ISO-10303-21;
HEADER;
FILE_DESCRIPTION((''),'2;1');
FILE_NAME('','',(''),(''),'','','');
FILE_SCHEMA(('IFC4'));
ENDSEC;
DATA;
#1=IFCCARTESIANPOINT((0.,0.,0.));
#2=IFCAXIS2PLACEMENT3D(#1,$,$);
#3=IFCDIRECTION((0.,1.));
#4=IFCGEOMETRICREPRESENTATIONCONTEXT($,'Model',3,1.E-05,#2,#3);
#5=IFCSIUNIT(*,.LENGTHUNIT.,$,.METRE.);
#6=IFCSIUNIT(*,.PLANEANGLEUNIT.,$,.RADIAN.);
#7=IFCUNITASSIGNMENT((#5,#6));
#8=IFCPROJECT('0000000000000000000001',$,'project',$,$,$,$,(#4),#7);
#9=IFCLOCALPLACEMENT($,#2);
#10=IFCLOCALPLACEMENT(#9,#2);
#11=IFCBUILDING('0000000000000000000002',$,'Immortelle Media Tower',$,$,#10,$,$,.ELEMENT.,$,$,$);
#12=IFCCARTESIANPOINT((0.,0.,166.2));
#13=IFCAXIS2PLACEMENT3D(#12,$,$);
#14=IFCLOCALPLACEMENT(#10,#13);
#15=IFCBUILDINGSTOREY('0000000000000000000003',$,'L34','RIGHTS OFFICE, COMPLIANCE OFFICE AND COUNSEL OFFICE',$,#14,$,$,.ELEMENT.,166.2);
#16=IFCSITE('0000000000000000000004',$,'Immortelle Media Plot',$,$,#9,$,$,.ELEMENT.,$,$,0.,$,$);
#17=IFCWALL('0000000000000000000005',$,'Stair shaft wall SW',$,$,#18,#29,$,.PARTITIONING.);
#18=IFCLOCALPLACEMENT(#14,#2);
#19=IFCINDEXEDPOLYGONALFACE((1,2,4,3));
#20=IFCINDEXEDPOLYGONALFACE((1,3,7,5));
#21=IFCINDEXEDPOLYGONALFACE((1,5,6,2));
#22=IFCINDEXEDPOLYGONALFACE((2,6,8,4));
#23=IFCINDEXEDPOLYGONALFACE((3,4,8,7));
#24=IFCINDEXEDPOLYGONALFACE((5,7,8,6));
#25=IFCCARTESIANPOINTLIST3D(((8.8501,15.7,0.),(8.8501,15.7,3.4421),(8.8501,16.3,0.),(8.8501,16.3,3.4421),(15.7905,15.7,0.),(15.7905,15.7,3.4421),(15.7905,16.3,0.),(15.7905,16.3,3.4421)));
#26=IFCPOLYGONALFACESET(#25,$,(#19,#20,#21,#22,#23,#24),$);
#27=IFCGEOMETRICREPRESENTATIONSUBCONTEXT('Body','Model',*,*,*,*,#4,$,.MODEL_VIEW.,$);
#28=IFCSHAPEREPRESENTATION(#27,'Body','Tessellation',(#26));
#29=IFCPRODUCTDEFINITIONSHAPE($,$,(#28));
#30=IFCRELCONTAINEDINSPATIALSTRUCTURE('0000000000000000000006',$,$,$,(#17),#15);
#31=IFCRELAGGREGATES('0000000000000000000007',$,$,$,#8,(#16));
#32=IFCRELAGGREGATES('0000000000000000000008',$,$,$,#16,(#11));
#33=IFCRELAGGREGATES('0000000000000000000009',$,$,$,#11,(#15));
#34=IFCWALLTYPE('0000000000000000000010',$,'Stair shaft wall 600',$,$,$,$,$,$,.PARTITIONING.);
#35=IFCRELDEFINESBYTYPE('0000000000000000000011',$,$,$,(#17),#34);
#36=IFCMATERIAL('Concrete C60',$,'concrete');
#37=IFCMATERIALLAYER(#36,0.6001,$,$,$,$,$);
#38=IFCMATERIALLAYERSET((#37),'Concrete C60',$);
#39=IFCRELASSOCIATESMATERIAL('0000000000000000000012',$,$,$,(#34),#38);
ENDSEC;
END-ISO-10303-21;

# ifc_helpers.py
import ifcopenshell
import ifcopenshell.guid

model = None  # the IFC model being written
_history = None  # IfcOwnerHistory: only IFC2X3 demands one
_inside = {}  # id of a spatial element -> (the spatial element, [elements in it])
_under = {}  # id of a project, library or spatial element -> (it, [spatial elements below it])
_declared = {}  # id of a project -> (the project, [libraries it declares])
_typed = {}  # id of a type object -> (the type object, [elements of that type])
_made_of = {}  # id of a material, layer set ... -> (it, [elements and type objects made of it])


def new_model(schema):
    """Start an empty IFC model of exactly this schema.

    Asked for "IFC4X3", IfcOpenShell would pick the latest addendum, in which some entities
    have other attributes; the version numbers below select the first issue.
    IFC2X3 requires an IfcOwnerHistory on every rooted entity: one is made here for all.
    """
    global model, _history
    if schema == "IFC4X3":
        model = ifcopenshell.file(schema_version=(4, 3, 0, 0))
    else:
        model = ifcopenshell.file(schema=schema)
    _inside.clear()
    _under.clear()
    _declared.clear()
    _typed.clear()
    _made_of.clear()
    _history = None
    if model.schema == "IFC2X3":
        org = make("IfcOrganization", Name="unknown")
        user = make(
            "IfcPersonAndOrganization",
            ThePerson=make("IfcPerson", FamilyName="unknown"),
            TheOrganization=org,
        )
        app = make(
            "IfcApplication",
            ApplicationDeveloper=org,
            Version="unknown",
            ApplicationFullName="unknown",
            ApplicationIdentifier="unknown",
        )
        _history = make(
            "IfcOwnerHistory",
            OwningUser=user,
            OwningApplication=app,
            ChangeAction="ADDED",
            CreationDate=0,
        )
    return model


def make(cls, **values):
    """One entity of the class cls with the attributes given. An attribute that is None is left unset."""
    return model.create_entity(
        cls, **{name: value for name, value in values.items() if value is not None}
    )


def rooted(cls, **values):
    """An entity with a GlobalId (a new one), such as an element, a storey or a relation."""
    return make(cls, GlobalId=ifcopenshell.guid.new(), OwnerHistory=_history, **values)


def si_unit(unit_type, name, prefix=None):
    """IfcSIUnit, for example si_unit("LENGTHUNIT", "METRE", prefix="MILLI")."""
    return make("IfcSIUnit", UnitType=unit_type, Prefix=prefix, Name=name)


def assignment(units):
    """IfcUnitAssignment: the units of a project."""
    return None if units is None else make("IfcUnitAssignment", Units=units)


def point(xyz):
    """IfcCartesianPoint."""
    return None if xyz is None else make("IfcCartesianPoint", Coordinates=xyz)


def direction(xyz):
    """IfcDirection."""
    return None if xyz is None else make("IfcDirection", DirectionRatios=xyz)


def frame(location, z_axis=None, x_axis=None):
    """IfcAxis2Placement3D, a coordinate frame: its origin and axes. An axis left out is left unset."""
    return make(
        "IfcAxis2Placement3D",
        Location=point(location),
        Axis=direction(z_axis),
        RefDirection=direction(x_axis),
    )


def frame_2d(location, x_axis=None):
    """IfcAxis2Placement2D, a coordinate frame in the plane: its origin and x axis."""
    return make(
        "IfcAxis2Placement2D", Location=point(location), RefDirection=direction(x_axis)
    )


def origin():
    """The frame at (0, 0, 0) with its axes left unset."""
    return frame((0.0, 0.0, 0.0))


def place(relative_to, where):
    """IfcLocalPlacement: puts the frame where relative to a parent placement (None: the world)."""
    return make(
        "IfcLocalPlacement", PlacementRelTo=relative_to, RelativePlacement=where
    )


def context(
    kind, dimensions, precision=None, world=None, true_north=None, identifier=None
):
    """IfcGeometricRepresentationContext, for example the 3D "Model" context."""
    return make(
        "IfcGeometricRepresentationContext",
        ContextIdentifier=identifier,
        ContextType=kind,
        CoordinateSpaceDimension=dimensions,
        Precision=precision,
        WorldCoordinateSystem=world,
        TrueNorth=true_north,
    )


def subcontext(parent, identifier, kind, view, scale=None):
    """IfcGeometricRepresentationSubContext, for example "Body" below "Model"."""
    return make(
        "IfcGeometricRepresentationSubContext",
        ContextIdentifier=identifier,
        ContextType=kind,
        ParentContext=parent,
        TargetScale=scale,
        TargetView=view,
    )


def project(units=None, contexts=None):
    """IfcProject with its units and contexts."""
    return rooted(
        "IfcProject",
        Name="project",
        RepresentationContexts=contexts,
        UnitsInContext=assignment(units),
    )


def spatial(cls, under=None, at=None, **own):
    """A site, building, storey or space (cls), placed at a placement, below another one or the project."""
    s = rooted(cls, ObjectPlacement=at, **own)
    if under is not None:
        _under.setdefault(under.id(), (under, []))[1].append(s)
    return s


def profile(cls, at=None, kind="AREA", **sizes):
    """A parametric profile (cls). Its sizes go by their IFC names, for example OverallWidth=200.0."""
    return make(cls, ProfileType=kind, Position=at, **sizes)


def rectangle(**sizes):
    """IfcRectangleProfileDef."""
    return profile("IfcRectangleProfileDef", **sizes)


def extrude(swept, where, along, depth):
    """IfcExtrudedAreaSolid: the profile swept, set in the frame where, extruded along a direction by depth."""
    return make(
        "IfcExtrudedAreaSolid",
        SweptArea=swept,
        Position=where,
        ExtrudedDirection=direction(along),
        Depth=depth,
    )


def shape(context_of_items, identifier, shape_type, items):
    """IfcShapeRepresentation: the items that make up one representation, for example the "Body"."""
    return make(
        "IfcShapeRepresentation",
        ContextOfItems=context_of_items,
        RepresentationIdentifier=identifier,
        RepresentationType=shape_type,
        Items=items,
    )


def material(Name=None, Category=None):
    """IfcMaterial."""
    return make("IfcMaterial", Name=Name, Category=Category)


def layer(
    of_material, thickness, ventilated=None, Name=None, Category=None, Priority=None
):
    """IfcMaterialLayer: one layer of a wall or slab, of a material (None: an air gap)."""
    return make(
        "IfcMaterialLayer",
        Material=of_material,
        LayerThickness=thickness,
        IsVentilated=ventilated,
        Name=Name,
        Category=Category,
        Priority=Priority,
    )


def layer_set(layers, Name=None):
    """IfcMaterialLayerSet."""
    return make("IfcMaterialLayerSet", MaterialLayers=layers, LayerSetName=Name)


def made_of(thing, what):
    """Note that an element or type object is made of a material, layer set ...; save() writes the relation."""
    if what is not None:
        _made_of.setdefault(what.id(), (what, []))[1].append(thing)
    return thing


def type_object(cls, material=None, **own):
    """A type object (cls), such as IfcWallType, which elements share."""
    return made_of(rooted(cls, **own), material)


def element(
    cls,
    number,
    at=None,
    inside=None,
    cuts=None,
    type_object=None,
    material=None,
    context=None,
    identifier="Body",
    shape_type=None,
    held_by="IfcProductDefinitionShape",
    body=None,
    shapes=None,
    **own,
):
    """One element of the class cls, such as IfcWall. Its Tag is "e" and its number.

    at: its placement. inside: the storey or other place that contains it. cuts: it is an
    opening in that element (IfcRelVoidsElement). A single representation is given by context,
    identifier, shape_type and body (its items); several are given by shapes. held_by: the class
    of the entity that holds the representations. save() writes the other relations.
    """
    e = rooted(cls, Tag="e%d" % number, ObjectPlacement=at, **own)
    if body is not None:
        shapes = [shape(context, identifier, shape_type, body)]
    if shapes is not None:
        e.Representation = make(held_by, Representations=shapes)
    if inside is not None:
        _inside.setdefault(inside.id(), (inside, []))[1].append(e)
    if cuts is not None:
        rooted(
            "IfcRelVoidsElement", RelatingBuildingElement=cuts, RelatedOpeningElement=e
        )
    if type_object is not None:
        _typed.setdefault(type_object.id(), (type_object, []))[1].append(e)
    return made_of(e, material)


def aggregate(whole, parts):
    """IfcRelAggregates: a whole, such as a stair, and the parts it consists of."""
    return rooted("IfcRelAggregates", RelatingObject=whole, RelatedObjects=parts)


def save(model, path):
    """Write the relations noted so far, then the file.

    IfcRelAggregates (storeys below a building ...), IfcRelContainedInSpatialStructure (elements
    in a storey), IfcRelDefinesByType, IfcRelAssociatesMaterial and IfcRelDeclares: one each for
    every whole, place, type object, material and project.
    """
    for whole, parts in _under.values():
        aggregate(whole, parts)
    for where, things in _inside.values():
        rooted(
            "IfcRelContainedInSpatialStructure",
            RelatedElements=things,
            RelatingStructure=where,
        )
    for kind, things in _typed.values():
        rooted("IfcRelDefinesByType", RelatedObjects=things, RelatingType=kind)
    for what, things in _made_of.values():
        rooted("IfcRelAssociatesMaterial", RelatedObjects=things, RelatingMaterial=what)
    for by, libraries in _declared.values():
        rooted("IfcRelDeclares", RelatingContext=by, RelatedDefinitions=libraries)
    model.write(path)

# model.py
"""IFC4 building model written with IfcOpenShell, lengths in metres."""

from ifc_helpers import new_model, si_unit, direction, frame, frame_2d, origin, place, context, subcontext, project, spatial, rectangle, extrude, material, layer, layer_set, type_object, element, save


model = new_model("IFC4")

# Units and contexts
model_context = context("Model", 3, precision=1e-05, world=origin(), true_north=direction((0.0, 1.0)))
body_context = subcontext(model_context, "Body", "Model", "MODEL_VIEW")
ifc_project = project(units=[si_unit("LENGTHUNIT", "METRE"), si_unit("PLANEANGLEUNIT", "RADIAN")], contexts=[model_context])

# Site, building, storey
site_placement = place(None, origin())
site = spatial("IfcSite", under=ifc_project, at=site_placement, Name="Immortelle Media Plot", CompositionType="ELEMENT", RefElevation=0.0)
building_placement = place(site_placement, origin())
building = spatial("IfcBuilding", under=site, at=building_placement, Name="Immortelle Media Tower", CompositionType="ELEMENT")
storey_placement = place(building_placement, frame((0.0, 0.0, 166.2)))
storey = spatial("IfcBuildingStorey", under=building, at=storey_placement, Name="L34", Description="RIGHTS OFFICE, COMPLIANCE OFFICE AND COUNSEL OFFICE", CompositionType="ELEMENT", Elevation=166.2)

# Wall
ifc_material_1 = material(Name="Concrete C60", Category="concrete")
ifc_layer_1 = layer(ifc_material_1, 0.6001)
ifc_layer_set_1 = layer_set([ifc_layer_1], Name="Concrete C60")
wall_type_1 = type_object("IfcWallType", Name="Stair shaft wall 600", PredefinedType="PARTITIONING", material=ifc_layer_set_1)
wall_1_placement = place(storey_placement, frame((8.8501, 16.0, 0.0), z_axis=(0.0, 0.0, 1.0), x_axis=(1.0, 0.0, 0.0)))
element("IfcWall", 1, at=wall_1_placement, inside=storey, type_object=wall_type_1, Name="Stair shaft wall SW", PredefinedType="PARTITIONING", context=body_context, shape_type="SweptSolid", body=[
    extrude(rectangle(XDim=6.9404, YDim=0.6001, at=frame_2d((3.4702, 0.0))), origin(), (0.0, 0.0, 1.0), 3.4421),
])

save(model, "model.ifc")
